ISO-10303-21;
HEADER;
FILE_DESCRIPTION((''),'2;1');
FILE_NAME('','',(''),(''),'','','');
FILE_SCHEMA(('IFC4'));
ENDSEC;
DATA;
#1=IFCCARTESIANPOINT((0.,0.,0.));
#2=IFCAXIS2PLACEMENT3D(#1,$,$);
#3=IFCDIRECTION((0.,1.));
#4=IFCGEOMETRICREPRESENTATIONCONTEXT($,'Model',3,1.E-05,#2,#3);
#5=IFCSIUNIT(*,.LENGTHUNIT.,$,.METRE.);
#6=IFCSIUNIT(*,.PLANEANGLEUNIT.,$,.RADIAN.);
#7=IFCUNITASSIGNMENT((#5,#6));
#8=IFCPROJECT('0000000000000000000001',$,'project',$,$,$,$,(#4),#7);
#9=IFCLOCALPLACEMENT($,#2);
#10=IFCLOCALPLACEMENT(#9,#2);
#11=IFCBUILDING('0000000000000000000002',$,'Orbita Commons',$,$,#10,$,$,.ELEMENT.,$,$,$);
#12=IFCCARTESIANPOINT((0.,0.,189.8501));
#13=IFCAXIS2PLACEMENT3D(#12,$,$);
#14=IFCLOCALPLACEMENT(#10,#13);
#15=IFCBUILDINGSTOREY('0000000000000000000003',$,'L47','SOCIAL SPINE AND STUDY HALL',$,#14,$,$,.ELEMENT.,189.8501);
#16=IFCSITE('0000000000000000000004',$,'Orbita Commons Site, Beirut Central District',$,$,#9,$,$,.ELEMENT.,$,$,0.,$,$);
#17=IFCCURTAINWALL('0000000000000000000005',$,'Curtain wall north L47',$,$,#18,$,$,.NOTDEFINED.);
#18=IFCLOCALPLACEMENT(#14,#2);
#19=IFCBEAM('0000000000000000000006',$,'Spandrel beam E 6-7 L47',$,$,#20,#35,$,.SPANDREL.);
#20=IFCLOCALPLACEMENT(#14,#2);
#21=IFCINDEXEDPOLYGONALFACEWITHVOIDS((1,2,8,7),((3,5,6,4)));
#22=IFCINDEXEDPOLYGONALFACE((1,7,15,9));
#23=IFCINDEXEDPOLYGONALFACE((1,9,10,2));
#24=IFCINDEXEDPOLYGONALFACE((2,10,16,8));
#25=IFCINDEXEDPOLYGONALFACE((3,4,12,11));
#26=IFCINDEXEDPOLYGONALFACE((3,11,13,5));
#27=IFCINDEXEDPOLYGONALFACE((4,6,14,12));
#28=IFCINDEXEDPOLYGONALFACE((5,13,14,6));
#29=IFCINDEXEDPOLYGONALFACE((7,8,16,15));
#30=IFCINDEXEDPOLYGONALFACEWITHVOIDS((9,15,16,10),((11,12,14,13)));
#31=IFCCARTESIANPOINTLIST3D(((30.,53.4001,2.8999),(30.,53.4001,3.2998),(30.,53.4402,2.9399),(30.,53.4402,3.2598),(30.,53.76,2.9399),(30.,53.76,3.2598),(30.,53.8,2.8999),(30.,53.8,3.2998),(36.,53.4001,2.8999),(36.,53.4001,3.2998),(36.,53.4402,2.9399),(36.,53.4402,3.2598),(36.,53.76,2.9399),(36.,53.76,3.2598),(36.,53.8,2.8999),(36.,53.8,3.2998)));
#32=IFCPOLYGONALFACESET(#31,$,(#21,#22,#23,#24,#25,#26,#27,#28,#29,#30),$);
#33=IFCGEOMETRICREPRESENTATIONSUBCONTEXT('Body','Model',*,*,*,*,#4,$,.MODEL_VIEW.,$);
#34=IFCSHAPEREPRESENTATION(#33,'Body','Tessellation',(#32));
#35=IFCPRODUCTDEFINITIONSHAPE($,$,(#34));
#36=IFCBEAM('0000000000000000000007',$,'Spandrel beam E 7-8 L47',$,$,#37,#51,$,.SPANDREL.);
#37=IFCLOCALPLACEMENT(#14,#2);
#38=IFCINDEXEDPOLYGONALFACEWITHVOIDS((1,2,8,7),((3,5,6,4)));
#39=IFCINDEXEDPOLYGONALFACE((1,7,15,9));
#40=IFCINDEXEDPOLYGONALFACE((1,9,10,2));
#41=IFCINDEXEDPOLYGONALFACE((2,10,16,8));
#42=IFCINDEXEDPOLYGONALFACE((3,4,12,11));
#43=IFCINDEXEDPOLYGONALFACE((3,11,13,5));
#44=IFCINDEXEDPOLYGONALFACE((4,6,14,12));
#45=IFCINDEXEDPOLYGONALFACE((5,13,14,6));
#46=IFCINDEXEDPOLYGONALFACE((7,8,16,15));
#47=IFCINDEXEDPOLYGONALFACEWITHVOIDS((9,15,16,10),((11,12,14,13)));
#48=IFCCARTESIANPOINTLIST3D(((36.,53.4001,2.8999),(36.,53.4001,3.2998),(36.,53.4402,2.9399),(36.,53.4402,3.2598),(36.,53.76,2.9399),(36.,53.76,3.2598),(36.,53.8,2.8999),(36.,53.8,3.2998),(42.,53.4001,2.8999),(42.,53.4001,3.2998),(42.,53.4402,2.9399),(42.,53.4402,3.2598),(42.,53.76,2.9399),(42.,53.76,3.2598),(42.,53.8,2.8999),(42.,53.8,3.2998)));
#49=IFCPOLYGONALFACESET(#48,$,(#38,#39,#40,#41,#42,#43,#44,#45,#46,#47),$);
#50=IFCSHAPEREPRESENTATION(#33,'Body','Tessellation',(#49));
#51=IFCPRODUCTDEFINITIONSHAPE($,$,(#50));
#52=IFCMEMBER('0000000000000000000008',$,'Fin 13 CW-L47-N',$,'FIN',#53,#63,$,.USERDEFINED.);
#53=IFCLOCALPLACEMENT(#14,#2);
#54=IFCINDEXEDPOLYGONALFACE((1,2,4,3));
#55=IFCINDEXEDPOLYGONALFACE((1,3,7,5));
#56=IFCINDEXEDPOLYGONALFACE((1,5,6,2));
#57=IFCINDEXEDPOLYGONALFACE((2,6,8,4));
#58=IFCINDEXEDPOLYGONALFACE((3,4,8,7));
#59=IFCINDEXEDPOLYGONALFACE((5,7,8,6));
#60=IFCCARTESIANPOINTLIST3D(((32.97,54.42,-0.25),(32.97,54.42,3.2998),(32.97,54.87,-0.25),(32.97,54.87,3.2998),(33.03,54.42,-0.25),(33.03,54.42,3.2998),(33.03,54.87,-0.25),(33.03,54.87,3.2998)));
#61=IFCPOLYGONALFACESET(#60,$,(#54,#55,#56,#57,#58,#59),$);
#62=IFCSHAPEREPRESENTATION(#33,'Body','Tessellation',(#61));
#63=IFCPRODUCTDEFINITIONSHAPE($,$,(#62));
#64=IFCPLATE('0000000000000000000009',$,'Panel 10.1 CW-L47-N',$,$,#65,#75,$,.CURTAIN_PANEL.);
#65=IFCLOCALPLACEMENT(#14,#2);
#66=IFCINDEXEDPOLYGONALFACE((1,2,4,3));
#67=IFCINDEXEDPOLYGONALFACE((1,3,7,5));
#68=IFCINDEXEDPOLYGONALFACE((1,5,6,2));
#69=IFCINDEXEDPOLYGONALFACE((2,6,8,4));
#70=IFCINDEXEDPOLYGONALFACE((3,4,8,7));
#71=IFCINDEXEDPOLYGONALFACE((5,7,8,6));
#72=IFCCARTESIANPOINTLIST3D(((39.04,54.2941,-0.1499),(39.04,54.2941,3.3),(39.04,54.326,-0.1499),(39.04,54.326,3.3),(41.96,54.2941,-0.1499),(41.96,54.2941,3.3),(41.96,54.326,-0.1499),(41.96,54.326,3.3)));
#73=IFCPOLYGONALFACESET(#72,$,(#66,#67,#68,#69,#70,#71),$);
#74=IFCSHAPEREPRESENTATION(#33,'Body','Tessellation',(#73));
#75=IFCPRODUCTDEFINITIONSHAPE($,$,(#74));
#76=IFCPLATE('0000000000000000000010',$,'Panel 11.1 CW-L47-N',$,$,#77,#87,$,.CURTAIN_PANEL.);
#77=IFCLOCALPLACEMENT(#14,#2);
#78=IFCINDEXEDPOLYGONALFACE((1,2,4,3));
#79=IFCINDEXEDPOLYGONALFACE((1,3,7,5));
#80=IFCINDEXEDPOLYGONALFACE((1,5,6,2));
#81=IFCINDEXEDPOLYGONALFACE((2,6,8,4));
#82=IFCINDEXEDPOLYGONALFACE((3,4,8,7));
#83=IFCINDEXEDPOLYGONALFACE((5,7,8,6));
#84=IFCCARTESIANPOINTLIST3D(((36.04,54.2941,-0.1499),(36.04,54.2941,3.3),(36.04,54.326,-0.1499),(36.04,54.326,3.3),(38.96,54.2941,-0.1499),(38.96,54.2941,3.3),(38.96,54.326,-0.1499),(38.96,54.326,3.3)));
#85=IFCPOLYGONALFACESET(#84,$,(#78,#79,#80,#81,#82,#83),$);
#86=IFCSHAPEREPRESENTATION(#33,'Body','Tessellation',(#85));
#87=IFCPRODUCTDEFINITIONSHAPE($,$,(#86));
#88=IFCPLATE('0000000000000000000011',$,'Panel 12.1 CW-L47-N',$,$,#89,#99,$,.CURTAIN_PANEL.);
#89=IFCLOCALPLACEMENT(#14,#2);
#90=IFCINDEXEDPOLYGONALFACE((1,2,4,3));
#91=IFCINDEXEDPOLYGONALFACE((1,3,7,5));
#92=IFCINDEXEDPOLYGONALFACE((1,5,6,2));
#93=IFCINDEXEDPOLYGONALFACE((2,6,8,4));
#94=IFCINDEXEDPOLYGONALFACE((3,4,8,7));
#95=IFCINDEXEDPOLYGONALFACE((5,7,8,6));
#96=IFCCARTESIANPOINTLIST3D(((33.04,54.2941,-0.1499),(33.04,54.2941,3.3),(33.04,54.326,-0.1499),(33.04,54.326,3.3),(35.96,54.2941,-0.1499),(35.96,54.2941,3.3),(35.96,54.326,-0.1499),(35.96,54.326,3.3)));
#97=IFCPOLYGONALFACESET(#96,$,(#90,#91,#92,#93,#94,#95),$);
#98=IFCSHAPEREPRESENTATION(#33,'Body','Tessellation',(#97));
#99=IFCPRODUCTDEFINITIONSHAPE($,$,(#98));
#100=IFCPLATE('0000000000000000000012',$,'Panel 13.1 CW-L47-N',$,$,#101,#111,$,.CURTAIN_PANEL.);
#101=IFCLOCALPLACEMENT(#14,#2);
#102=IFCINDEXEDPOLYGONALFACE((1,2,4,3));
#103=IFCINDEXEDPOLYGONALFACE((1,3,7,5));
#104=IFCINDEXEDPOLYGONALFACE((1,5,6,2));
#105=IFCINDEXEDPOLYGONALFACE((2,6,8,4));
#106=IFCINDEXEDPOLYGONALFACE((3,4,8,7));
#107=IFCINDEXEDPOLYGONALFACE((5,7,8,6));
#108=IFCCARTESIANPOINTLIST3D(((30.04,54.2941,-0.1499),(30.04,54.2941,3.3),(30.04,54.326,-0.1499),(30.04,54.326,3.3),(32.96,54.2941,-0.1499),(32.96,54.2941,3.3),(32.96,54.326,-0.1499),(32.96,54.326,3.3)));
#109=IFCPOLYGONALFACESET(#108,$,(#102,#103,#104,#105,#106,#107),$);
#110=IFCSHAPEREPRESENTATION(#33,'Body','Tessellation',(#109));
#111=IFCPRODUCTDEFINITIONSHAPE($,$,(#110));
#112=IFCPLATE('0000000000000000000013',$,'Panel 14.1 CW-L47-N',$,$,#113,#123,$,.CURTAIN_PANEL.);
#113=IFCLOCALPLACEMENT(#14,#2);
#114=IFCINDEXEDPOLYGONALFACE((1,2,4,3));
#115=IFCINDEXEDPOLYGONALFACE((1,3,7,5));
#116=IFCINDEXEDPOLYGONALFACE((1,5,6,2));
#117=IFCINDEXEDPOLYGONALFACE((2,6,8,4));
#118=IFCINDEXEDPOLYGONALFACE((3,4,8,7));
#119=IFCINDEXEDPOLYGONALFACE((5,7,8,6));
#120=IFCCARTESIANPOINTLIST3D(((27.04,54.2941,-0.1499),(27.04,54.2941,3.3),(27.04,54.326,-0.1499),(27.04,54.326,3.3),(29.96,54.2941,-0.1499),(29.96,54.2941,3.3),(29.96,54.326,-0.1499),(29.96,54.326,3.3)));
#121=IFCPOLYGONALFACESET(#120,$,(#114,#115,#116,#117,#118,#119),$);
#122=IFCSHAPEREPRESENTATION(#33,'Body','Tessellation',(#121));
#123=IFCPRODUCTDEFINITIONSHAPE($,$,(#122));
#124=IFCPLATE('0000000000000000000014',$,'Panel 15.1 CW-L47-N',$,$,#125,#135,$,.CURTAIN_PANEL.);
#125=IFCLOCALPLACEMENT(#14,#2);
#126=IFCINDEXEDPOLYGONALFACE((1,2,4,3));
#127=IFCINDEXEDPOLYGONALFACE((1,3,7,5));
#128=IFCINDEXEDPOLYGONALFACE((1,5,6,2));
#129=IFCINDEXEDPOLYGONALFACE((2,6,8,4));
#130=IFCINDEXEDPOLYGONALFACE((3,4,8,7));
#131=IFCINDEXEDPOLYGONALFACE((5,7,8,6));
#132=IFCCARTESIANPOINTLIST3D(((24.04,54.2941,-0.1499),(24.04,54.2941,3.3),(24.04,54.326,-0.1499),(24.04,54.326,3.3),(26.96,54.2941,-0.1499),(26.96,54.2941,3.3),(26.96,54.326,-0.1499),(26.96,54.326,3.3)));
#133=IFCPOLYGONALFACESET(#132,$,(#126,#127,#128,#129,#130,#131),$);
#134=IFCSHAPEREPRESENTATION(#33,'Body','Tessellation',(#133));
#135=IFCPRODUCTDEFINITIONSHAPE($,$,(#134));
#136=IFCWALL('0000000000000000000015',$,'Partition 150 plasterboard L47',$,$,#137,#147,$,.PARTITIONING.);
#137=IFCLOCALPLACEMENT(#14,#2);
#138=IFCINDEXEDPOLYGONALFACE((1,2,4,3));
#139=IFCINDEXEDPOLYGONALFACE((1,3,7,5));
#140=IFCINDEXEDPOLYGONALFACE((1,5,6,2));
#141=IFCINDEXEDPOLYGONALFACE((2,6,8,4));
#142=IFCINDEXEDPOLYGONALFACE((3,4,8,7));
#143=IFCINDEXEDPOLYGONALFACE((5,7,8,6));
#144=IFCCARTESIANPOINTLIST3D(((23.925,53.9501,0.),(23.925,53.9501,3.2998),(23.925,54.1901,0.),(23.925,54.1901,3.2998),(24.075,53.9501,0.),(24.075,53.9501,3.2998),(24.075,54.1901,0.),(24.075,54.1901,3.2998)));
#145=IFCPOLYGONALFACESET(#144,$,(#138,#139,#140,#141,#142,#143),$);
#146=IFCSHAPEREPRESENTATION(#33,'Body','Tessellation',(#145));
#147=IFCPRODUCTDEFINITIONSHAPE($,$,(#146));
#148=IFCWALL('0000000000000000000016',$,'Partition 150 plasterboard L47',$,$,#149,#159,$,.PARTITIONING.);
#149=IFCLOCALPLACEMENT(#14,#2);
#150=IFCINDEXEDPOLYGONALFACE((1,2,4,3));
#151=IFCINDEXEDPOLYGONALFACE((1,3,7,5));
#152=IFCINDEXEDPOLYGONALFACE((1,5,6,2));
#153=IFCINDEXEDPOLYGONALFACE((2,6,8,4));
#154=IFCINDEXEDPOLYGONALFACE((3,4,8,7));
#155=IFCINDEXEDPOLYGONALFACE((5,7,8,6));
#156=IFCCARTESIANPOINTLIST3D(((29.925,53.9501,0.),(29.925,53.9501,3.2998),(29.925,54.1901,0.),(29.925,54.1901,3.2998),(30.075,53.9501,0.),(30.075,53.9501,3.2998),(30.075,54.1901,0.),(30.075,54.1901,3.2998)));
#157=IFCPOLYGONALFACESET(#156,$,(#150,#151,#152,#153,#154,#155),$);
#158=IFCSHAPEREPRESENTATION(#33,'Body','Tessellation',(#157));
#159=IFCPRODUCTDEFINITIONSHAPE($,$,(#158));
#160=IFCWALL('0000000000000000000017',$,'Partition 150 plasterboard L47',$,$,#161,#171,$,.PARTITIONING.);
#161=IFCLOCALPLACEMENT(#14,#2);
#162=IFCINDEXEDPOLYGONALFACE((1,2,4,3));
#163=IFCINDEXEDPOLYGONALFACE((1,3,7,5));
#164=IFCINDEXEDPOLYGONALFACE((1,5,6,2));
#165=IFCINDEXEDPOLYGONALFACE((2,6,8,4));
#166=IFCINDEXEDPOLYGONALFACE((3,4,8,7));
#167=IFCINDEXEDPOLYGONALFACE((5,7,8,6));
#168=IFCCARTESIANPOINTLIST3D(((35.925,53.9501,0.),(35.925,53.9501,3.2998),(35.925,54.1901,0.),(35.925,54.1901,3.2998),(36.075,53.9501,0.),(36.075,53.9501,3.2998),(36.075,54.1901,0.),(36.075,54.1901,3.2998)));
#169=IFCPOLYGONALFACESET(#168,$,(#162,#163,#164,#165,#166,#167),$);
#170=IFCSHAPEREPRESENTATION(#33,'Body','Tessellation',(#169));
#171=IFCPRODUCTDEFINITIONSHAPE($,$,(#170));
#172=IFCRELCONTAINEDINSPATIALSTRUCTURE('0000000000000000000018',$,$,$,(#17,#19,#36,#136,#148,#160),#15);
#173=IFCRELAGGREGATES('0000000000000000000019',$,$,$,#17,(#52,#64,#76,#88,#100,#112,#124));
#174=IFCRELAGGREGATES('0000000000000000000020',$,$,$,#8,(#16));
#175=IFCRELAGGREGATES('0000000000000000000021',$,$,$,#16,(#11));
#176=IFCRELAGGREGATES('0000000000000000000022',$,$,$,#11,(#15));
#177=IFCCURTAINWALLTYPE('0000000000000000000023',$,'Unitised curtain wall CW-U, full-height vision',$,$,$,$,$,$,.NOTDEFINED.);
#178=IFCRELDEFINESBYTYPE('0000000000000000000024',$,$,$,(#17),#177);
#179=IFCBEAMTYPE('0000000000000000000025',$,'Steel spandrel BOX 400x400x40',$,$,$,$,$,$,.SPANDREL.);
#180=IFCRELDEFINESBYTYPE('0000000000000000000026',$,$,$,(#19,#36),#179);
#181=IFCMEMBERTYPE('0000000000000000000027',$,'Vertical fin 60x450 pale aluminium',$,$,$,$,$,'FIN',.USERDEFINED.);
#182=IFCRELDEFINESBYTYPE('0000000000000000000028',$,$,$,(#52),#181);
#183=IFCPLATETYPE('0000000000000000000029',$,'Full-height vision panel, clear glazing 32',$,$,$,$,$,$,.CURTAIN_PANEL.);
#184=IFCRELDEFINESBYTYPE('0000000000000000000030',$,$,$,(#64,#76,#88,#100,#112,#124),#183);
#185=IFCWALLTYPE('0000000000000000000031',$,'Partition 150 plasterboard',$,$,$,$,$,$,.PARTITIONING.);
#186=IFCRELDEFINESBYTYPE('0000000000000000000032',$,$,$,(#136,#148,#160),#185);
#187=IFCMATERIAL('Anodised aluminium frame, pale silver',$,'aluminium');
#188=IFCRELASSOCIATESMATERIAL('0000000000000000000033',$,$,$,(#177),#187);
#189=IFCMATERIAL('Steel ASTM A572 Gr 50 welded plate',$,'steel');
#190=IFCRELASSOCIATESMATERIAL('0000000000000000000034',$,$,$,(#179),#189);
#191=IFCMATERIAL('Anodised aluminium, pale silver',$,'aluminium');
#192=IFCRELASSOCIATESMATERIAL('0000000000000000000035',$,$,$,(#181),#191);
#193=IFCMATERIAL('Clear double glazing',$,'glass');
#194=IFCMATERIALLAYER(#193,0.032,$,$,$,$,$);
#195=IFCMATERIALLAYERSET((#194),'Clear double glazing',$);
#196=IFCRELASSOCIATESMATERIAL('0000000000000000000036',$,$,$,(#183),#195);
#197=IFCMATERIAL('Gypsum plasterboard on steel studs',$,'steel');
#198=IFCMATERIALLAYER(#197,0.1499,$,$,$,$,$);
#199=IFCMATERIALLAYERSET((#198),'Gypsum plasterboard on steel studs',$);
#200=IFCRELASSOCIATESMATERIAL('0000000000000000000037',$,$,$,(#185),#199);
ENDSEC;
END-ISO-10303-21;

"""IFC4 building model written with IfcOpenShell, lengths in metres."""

from ifc_helpers import new_model, si_unit, direction, frame, frame_2d, origin, origin_2d, place, context, subcontext, project, spatial, rectangle, hollow_rectangle, extrude, material, layer, layer_set, material_profile, profile_set, type_object, element, aggregate, save


model = new_model("IFC4")

# Units and contexts
model_context = context("Model", 3, precision=1e-05, world=origin(), true_north=direction((0.0, 1.0)))
body_context = subcontext(model_context, "Body", "Model", "MODEL_VIEW")
ifc_project = project(units=[si_unit("LENGTHUNIT", "METRE"), si_unit("PLANEANGLEUNIT", "RADIAN")], contexts=[model_context])

# Site, building, storey
site_placement = place(None, origin())
site = spatial("IfcSite", under=ifc_project, at=site_placement, Name="Orbita Commons Site, Beirut Central District", CompositionType="ELEMENT", RefElevation=0.0)
building_placement = place(site_placement, origin())
building = spatial("IfcBuilding", under=site, at=building_placement, Name="Orbita Commons", CompositionType="ELEMENT")
storey_placement = place(building_placement, frame((0.0, 0.0, 189.8501)))
storey = spatial("IfcBuildingStorey", under=building, at=storey_placement, Name="L47", Description="SOCIAL SPINE AND STUDY HALL", CompositionType="ELEMENT", Elevation=189.8501)

# Curtain wall
ifc_material_1 = material(Name="Anodised aluminium frame, pale silver", Category="aluminium")
curtain_wall_type = type_object("IfcCurtainWallType", Name="Unitised curtain wall CW-U, full-height vision", PredefinedType="NOTDEFINED", material=ifc_material_1)
curtain_wall_placement = place(storey_placement, origin())
curtain_wall = element("IfcCurtainWall", 1, at=curtain_wall_placement, inside=storey, type_object=curtain_wall_type, Name="Curtain wall north L47", PredefinedType="NOTDEFINED")

# Beams
ifc_material_2 = material(Name="Steel ASTM A572 Gr 50 welded plate", Category="steel")
ifc_material_profile_1 = material_profile(ifc_material_2, hollow_rectangle(XDim=0.3999, YDim=0.3999, WallThickness=0.04, at=origin_2d()), Name="BOX 400x400x40")
ifc_profile_set_1 = profile_set([ifc_material_profile_1], Name="Steel ASTM A572 Gr 50 welded plate")
beam_type = type_object("IfcBeamType", Name="Steel spandrel BOX 400x400x40", PredefinedType="SPANDREL", material=ifc_profile_set_1)
for number, where, z_axis, x_axis, name in (
    (2, (30.0, 53.6001, 3.0999), (1.0, 0.0, 0.0), (0.0, 1.0, 0.0), "Spandrel beam E 6-7 L47"),
    (3, (36.0, 53.6001, 3.0999), (1.0, 0.0, 0.0), (0.0, 1.0, 0.0), "Spandrel beam E 7-8 L47"),
):
    element("IfcBeam", number, at=place(storey_placement, frame(where, z_axis=z_axis, x_axis=x_axis)), inside=storey, type_object=beam_type, Name=name, PredefinedType="SPANDREL", context=body_context, shape_type="SweptSolid", body=[
        extrude(hollow_rectangle(XDim=0.3999, YDim=0.3999, WallThickness=0.04, at=origin_2d()), origin(), (0.0, 0.0, 1.0), 6.0),
    ])

# Member
ifc_material_3 = material(Name="Anodised aluminium, pale silver", Category="aluminium")
ifc_material_profile_2 = material_profile(ifc_material_3, rectangle(XDim=0.0601, YDim=0.45, at=origin_2d()), Name="FIN 60x450")
ifc_profile_set_2 = profile_set([ifc_material_profile_2], Name="Anodised aluminium, pale silver")
member_type_1 = type_object("IfcMemberType", Name="Vertical fin 60x450 pale aluminium", ElementType="FIN", PredefinedType="USERDEFINED", material=ifc_profile_set_2)
member_1_placement = place(storey_placement, frame((33.0, 54.645, -0.25), z_axis=(0.0, 0.0, 1.0), x_axis=(-1.0, 0.0, 0.0)))
member_1 = element("IfcMember", 4, at=member_1_placement, type_object=member_type_1, Name="Fin 13 CW-L47-N", ObjectType="FIN", PredefinedType="USERDEFINED", context=body_context, shape_type="SweptSolid", body=[
    extrude(rectangle(XDim=0.0601, YDim=0.45, at=origin_2d()), origin(), (0.0, 0.0, 1.0), 3.5498),
])

# Plates
ifc_material_4 = material(Name="Clear double glazing", Category="glass")
ifc_layer_1 = layer(ifc_material_4, 0.032)
ifc_layer_set_1 = layer_set([ifc_layer_1], Name="Clear double glazing")
plate_type = type_object("IfcPlateType", Name="Full-height vision panel, clear glazing 32", PredefinedType="CURTAIN_PANEL", material=ifc_layer_set_1)
plate_1_placement = place(storey_placement, frame((40.5, 54.3101, -0.1499), z_axis=(0.0, 0.0, 1.0), x_axis=(-1.0, 0.0, 0.0)))
plate_1 = element("IfcPlate", 5, at=plate_1_placement, type_object=plate_type, Name="Panel 10.1 CW-L47-N", PredefinedType="CURTAIN_PANEL", context=body_context, shape_type="SweptSolid", body=[
    extrude(rectangle(XDim=2.9199, YDim=0.032, at=origin_2d()), origin(), (0.0, 0.0, 1.0), 3.45),
])
plate_2_placement = place(storey_placement, frame((37.5, 54.3101, -0.1499), z_axis=(0.0, 0.0, 1.0), x_axis=(-1.0, 0.0, 0.0)))
plate_2 = element("IfcPlate", 6, at=plate_2_placement, type_object=plate_type, Name="Panel 11.1 CW-L47-N", PredefinedType="CURTAIN_PANEL", context=body_context, shape_type="SweptSolid", body=[
    extrude(rectangle(XDim=2.9199, YDim=0.032, at=origin_2d()), origin(), (0.0, 0.0, 1.0), 3.45),
])
plate_3_placement = place(storey_placement, frame((34.5, 54.3101, -0.1499), z_axis=(0.0, 0.0, 1.0), x_axis=(-1.0, 0.0, 0.0)))
plate_3 = element("IfcPlate", 7, at=plate_3_placement, type_object=plate_type, Name="Panel 12.1 CW-L47-N", PredefinedType="CURTAIN_PANEL", context=body_context, shape_type="SweptSolid", body=[
    extrude(rectangle(XDim=2.9199, YDim=0.032, at=origin_2d()), origin(), (0.0, 0.0, 1.0), 3.45),
])
plate_4_placement = place(storey_placement, frame((31.5, 54.3101, -0.1499), z_axis=(0.0, 0.0, 1.0), x_axis=(-1.0, 0.0, 0.0)))
plate_4 = element("IfcPlate", 8, at=plate_4_placement, type_object=plate_type, Name="Panel 13.1 CW-L47-N", PredefinedType="CURTAIN_PANEL", context=body_context, shape_type="SweptSolid", body=[
    extrude(rectangle(XDim=2.9199, YDim=0.032, at=origin_2d()), origin(), (0.0, 0.0, 1.0), 3.45),
])
plate_5_placement = place(storey_placement, frame((28.5, 54.3101, -0.1499), z_axis=(0.0, 0.0, 1.0), x_axis=(-1.0, 0.0, 0.0)))
plate_5 = element("IfcPlate", 9, at=plate_5_placement, type_object=plate_type, Name="Panel 14.1 CW-L47-N", PredefinedType="CURTAIN_PANEL", context=body_context, shape_type="SweptSolid", body=[
    extrude(rectangle(XDim=2.9199, YDim=0.032, at=origin_2d()), origin(), (0.0, 0.0, 1.0), 3.45),
])
plate_6_placement = place(storey_placement, frame((25.5, 54.3101, -0.1499), z_axis=(0.0, 0.0, 1.0), x_axis=(-1.0, 0.0, 0.0)))
plate_6 = element("IfcPlate", 10, at=plate_6_placement, type_object=plate_type, Name="Panel 15.1 CW-L47-N", PredefinedType="CURTAIN_PANEL", context=body_context, shape_type="SweptSolid", body=[
    extrude(rectangle(XDim=2.9199, YDim=0.032, at=origin_2d()), origin(), (0.0, 0.0, 1.0), 3.45),
])
aggregate(curtain_wall, [member_1, plate_1, plate_2, plate_3, plate_4, plate_5, plate_6])

# Walls
ifc_material_5 = material(Name="Gypsum plasterboard on steel studs", Category="steel")
ifc_layer_2 = layer(ifc_material_5, 0.1499)
ifc_layer_set_2 = layer_set([ifc_layer_2], Name="Gypsum plasterboard on steel studs")
wall_type = type_object("IfcWallType", Name="Partition 150 plasterboard", PredefinedType="PARTITIONING", material=ifc_layer_set_2)
for number, where, z_axis, x_axis, name in (
    (11, (24.0, 53.95, 0.0), (0.0, 0.0, 1.0), (0.0, 1.0, 0.0), "Partition 150 plasterboard L47"),
    (12, (30.0, 53.95, 0.0), (0.0, 0.0, 1.0), (0.0, 1.0, 0.0), "Partition 150 plasterboard L47"),
    (13, (36.0, 53.95, 0.0), (0.0, 0.0, 1.0), (0.0, 1.0, 0.0), "Partition 150 plasterboard L47"),
):
    element("IfcWall", number, at=place(storey_placement, frame(where, z_axis=z_axis, x_axis=x_axis)), inside=storey, type_object=wall_type, Name=name, PredefinedType="PARTITIONING", context=body_context, shape_type="SweptSolid", body=[
        extrude(rectangle(XDim=0.24, YDim=0.1499, at=frame_2d((0.1201, 0.0))), origin(), (0.0, 0.0, 1.0), 3.2998),
    ])

save(model, "model.ifc")
